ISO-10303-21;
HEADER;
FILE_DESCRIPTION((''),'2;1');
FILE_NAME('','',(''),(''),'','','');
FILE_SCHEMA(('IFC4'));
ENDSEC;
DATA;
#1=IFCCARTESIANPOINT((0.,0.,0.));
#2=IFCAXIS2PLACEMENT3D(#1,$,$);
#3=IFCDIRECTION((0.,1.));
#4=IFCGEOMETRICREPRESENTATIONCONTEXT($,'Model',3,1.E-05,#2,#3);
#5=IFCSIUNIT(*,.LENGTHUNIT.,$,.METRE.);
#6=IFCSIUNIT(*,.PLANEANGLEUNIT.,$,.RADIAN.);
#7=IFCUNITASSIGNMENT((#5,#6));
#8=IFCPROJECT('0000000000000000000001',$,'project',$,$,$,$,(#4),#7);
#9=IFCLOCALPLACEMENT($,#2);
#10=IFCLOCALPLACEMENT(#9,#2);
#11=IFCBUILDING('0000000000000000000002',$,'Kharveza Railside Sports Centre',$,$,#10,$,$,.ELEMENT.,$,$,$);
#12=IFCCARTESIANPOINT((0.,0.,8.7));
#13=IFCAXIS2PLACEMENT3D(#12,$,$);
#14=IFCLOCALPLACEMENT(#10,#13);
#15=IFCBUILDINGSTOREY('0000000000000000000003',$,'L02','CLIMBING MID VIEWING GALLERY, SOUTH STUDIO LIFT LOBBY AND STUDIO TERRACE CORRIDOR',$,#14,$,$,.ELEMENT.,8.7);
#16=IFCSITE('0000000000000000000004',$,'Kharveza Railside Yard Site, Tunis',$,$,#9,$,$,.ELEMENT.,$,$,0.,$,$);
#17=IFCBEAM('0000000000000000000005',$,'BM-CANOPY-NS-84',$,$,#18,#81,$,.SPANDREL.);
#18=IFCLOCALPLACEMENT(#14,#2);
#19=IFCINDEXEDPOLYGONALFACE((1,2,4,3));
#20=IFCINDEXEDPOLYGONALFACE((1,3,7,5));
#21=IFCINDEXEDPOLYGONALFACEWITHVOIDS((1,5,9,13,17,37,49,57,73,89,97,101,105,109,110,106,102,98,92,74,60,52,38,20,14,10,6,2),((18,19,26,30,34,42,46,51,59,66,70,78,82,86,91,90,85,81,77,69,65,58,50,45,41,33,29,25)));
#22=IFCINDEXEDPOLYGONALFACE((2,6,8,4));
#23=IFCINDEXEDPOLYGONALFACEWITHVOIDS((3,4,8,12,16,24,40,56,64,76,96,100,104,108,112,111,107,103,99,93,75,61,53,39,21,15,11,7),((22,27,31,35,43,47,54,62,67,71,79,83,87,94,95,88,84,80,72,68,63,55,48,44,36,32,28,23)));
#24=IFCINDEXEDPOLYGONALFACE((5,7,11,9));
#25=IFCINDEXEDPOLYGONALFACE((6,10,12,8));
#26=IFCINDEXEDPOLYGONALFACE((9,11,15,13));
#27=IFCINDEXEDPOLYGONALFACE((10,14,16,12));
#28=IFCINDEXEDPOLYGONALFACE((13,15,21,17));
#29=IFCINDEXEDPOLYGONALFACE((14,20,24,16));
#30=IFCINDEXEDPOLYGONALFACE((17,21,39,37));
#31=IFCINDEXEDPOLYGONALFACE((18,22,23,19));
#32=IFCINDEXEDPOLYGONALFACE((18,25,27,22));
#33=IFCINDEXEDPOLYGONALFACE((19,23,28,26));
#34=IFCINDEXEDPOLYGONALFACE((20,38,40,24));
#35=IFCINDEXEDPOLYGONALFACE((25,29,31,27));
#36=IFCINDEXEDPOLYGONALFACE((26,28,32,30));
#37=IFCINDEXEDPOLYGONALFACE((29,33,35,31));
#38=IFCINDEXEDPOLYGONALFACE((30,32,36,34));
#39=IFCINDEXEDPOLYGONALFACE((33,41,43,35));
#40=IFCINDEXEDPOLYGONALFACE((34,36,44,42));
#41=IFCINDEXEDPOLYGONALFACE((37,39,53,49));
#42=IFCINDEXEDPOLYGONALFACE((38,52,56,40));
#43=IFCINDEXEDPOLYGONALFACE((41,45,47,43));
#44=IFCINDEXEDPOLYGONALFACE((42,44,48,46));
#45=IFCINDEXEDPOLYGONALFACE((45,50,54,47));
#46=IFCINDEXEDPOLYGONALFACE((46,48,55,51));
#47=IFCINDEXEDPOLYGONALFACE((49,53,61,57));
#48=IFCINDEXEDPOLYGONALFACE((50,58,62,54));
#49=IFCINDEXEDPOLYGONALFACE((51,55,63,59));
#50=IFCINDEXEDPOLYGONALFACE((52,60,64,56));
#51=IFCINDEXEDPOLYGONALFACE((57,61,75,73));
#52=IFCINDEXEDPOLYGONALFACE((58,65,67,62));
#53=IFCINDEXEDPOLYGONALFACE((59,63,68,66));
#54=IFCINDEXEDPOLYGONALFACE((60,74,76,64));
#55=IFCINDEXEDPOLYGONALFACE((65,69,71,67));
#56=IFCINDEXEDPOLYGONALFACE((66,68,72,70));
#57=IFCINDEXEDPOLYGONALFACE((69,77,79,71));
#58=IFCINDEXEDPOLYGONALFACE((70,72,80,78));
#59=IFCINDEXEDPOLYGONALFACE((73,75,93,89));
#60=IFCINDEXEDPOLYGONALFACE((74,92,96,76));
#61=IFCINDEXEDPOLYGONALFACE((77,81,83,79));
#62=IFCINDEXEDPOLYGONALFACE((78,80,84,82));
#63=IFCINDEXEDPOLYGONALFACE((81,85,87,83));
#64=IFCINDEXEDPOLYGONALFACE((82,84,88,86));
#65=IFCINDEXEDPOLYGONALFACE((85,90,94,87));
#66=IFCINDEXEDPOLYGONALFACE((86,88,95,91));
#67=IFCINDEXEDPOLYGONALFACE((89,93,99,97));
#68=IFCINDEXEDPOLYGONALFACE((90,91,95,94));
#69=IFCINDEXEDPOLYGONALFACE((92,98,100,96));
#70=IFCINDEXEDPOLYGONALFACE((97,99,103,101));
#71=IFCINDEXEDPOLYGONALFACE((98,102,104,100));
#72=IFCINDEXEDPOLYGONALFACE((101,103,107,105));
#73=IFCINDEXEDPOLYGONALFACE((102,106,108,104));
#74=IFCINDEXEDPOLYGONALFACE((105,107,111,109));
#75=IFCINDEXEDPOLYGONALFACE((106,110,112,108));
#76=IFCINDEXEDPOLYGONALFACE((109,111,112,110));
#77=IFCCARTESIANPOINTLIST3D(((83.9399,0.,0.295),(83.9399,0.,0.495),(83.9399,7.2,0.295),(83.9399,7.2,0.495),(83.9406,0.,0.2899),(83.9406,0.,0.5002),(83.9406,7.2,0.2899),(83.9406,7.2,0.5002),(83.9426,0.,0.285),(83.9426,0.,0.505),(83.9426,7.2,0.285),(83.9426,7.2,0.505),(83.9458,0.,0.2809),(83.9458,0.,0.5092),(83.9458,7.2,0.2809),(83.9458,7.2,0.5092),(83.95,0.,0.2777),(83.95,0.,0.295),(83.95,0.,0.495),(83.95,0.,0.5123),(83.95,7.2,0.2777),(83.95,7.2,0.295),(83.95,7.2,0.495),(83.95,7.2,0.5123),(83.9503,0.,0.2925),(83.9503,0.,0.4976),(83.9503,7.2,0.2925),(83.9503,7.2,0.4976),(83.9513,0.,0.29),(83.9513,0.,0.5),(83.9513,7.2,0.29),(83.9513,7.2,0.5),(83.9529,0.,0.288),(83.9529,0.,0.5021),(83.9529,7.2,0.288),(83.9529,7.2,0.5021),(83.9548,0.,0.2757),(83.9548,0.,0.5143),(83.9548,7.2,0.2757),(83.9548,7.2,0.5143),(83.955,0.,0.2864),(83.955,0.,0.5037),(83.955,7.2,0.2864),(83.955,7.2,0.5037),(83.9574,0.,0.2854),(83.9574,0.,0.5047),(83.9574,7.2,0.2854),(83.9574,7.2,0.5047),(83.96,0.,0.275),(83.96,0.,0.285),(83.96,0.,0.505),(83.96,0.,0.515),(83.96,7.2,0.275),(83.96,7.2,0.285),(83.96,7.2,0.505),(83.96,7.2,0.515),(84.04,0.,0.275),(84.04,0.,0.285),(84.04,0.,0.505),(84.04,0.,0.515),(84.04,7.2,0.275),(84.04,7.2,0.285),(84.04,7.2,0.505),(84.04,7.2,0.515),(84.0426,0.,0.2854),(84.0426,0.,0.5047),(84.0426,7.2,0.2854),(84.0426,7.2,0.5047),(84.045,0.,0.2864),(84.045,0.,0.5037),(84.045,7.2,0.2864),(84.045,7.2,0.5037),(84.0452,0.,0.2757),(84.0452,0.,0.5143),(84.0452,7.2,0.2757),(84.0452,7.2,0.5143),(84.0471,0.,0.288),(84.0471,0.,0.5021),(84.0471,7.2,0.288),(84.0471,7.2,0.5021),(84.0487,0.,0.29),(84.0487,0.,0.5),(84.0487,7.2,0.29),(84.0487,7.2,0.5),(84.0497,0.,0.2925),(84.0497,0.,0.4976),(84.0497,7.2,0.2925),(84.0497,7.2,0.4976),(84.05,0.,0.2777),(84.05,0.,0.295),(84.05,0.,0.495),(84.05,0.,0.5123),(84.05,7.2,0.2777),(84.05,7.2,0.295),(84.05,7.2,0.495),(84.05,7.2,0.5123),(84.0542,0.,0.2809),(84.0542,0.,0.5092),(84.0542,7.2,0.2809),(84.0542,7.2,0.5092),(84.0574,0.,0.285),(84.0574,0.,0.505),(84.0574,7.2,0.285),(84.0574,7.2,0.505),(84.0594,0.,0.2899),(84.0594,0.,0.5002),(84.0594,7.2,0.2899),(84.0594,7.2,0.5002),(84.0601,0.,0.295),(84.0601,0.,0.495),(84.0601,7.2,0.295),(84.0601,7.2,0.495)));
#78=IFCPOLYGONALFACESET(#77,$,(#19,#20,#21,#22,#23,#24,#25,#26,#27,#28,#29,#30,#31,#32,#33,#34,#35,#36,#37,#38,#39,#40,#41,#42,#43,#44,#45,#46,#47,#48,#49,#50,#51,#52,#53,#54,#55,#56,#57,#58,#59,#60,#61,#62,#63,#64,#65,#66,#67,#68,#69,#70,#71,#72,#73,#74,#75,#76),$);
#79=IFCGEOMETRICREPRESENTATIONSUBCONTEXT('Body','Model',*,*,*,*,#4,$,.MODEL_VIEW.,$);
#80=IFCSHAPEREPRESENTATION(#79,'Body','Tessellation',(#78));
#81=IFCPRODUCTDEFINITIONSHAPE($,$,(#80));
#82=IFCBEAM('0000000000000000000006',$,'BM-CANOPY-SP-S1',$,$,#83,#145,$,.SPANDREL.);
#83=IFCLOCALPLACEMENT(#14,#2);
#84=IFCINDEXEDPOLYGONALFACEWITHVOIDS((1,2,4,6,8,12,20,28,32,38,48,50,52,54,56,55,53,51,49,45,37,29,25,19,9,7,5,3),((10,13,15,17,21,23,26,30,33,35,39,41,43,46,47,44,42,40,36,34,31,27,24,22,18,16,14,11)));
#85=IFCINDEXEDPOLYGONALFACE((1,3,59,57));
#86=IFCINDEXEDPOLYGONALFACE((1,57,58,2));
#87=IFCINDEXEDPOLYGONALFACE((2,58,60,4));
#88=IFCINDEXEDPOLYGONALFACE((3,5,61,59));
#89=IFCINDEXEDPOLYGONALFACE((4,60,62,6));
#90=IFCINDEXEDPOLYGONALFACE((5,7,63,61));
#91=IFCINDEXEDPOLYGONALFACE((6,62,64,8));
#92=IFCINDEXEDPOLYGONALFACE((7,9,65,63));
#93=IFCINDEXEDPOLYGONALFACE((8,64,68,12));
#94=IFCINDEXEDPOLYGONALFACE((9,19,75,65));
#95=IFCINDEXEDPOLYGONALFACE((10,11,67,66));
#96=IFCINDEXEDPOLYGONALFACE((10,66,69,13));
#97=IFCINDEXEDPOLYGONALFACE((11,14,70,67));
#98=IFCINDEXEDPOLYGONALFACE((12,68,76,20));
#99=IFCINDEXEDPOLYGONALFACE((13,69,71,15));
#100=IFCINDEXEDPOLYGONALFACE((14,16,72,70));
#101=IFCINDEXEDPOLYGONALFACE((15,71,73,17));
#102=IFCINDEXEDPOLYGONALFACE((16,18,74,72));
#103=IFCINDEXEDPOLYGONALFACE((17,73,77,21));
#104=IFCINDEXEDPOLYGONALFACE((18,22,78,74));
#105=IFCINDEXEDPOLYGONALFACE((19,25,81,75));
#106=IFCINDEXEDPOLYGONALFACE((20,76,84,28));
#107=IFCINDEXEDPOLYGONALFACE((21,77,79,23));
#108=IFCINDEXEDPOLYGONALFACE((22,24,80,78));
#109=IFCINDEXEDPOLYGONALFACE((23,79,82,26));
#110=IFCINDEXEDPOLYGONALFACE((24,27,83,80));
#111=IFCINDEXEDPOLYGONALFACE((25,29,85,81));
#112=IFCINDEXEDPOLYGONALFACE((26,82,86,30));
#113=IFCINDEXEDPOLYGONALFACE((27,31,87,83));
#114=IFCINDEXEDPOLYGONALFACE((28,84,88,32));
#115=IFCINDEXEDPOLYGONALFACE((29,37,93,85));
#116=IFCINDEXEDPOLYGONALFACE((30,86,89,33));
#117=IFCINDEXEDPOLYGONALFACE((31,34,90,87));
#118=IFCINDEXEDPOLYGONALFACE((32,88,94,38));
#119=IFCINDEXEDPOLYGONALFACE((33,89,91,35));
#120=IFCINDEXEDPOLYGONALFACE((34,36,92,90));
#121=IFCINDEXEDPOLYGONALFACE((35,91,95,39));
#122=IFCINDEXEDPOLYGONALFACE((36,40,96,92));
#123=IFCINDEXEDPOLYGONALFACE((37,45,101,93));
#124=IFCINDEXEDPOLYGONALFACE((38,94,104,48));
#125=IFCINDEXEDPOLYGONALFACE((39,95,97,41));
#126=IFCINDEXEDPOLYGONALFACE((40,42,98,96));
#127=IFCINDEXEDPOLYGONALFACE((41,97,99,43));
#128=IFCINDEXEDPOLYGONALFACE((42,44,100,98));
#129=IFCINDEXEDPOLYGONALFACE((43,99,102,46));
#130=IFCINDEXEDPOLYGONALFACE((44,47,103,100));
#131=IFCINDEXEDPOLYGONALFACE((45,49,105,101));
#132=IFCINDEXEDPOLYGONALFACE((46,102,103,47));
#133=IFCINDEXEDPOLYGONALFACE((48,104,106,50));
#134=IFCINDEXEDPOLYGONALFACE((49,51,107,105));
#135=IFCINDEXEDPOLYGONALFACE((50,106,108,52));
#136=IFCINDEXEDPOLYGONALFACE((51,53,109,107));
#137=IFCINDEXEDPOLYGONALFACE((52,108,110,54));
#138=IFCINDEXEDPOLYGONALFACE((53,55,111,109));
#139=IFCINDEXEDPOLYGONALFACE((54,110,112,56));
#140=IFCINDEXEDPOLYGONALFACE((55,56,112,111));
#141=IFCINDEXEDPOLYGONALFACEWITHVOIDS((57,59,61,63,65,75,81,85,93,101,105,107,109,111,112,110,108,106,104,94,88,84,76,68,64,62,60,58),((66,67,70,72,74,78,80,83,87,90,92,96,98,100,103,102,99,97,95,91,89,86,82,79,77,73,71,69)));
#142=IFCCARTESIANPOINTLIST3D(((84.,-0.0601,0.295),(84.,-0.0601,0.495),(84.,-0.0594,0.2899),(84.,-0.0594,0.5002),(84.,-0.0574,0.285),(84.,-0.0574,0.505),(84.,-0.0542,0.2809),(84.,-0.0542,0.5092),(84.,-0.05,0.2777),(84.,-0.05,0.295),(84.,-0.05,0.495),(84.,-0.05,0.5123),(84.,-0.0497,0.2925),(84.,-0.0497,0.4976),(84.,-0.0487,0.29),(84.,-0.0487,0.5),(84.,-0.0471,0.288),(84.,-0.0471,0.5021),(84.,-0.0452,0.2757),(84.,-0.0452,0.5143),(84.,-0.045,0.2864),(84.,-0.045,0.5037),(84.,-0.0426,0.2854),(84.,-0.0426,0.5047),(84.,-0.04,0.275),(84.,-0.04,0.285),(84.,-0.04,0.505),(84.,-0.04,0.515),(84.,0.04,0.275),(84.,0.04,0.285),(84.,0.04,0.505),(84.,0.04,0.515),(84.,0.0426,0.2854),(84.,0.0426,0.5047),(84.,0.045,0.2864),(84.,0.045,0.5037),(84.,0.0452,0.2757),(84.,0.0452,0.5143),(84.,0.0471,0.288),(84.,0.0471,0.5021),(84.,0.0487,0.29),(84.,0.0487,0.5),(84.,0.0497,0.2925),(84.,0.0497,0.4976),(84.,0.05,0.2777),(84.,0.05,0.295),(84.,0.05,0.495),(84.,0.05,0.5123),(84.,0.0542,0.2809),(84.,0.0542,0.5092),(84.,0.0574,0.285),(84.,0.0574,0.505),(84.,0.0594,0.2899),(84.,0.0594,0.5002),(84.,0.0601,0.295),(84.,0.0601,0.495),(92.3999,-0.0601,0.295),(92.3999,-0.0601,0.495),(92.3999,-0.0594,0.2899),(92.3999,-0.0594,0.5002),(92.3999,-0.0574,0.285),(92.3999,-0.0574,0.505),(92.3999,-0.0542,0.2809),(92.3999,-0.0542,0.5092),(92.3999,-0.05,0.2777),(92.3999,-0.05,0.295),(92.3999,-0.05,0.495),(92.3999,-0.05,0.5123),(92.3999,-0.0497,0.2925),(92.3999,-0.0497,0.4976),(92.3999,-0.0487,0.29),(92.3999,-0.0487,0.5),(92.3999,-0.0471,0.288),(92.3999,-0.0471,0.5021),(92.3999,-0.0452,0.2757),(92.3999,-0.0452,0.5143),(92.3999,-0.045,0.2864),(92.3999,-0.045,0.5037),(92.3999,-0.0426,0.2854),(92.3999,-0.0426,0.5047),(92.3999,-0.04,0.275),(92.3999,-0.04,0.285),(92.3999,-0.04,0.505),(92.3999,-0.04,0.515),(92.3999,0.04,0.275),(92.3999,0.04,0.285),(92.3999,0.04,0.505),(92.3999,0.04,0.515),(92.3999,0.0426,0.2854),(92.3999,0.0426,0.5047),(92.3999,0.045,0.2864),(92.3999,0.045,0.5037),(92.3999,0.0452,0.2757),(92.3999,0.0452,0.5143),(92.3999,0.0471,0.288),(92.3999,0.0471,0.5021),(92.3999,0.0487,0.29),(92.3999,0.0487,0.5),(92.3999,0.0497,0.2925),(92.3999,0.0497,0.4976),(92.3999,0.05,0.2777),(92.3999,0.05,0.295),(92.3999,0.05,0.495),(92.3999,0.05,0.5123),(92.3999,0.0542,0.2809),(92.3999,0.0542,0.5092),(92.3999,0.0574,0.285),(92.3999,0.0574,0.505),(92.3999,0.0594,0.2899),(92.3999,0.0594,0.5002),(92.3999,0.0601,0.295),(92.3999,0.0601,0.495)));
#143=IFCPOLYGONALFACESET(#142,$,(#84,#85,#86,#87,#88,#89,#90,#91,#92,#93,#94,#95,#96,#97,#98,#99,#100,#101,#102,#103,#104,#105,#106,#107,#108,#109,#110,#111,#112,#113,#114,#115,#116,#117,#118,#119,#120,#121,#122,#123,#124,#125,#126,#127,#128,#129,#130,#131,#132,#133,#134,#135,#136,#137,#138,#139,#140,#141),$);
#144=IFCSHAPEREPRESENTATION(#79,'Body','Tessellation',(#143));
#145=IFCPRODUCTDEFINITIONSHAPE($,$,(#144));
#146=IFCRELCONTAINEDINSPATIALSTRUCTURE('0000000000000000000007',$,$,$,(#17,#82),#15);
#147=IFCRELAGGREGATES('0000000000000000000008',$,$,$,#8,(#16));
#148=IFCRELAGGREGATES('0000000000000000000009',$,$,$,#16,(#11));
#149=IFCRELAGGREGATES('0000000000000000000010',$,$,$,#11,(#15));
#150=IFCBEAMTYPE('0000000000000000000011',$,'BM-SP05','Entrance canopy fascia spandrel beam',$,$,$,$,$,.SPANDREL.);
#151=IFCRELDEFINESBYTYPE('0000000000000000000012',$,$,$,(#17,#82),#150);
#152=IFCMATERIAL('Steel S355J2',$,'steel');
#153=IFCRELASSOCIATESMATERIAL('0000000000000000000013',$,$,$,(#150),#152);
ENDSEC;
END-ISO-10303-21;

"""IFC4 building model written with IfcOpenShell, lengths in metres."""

from ifc_helpers import new_model, si_unit, direction, frame, origin, origin_2d, place, context, subcontext, project, spatial, hollow_rectangle, extrude, material, material_profile, profile_set, type_object, element, save


model = new_model("IFC4")

# Units and contexts
model_context = context("Model", 3, precision=1e-05, world=origin(), true_north=direction((0.0, 1.0)))
body_context = subcontext(model_context, "Body", "Model", "MODEL_VIEW")
ifc_project = project(units=[si_unit("LENGTHUNIT", "METRE"), si_unit("PLANEANGLEUNIT", "RADIAN")], contexts=[model_context])

# Site, building, storey
site_placement = place(None, origin())
site = spatial("IfcSite", under=ifc_project, at=site_placement, Name="Kharveza Railside Yard Site, Tunis", CompositionType="ELEMENT", RefElevation=0.0)
building_placement = place(site_placement, origin())
building = spatial("IfcBuilding", under=site, at=building_placement, Name="Kharveza Railside Sports Centre", CompositionType="ELEMENT")
storey_placement = place(building_placement, frame((0.0, 0.0, 8.7)))
storey = spatial("IfcBuildingStorey", under=building, at=storey_placement, Name="L02", Description="CLIMBING MID VIEWING GALLERY, SOUTH STUDIO LIFT LOBBY AND STUDIO TERRACE CORRIDOR", CompositionType="ELEMENT", Elevation=8.7)

# Shared definitions
ifc_material_1 = material(Name="Steel S355J2", Category="steel")

# Beams
ifc_material_profile_1 = material_profile(ifc_material_1, hollow_rectangle(XDim=0.1201, YDim=0.24, WallThickness=0.01, InnerFilletRadius=0.01, OuterFilletRadius=0.02, at=origin_2d()), Name="RHS 120x240x10.0")
ifc_profile_set_1 = profile_set([ifc_material_profile_1], Name="Steel S355J2")
beam_type_1 = type_object("IfcBeamType", Name="BM-SP05", Description="Entrance canopy fascia spandrel beam", PredefinedType="SPANDREL", material=ifc_profile_set_1)
beam_placement = place(storey_placement, frame((84.0, 0.0, 0.395), z_axis=(0.0, 1.0, 0.0), x_axis=(-1.0, 0.0, 0.0)))
element("IfcBeam", 1, at=beam_placement, inside=storey, type_object=beam_type_1, Name="BM-CANOPY-NS-84", PredefinedType="SPANDREL", context=body_context, shape_type="SweptSolid", body=[
    extrude(hollow_rectangle(XDim=0.1201, YDim=0.24, WallThickness=0.01, InnerFilletRadius=0.01, OuterFilletRadius=0.02, at=origin_2d()), origin(), (0.0, 0.0, 1.0), 7.2),
])
for number, where, z_axis, x_axis, name in (
    (2, (84.0, 0.0, 0.395), (1.0, 0.0, 0.0), (0.0, 1.0, 0.0), "BM-CANOPY-SP-S1"),
):
    element("IfcBeam", number, at=place(storey_placement, frame(where, z_axis=z_axis, x_axis=x_axis)), inside=storey, type_object=beam_type_1, Name=name, PredefinedType="SPANDREL", context=body_context, shape_type="SweptSolid", body=[
        extrude(hollow_rectangle(XDim=0.1201, YDim=0.24, WallThickness=0.01, InnerFilletRadius=0.01, OuterFilletRadius=0.02, at=origin_2d()), origin(), (0.0, 0.0, 1.0), 8.3999),
    ])

save(model, "model.ifc")
